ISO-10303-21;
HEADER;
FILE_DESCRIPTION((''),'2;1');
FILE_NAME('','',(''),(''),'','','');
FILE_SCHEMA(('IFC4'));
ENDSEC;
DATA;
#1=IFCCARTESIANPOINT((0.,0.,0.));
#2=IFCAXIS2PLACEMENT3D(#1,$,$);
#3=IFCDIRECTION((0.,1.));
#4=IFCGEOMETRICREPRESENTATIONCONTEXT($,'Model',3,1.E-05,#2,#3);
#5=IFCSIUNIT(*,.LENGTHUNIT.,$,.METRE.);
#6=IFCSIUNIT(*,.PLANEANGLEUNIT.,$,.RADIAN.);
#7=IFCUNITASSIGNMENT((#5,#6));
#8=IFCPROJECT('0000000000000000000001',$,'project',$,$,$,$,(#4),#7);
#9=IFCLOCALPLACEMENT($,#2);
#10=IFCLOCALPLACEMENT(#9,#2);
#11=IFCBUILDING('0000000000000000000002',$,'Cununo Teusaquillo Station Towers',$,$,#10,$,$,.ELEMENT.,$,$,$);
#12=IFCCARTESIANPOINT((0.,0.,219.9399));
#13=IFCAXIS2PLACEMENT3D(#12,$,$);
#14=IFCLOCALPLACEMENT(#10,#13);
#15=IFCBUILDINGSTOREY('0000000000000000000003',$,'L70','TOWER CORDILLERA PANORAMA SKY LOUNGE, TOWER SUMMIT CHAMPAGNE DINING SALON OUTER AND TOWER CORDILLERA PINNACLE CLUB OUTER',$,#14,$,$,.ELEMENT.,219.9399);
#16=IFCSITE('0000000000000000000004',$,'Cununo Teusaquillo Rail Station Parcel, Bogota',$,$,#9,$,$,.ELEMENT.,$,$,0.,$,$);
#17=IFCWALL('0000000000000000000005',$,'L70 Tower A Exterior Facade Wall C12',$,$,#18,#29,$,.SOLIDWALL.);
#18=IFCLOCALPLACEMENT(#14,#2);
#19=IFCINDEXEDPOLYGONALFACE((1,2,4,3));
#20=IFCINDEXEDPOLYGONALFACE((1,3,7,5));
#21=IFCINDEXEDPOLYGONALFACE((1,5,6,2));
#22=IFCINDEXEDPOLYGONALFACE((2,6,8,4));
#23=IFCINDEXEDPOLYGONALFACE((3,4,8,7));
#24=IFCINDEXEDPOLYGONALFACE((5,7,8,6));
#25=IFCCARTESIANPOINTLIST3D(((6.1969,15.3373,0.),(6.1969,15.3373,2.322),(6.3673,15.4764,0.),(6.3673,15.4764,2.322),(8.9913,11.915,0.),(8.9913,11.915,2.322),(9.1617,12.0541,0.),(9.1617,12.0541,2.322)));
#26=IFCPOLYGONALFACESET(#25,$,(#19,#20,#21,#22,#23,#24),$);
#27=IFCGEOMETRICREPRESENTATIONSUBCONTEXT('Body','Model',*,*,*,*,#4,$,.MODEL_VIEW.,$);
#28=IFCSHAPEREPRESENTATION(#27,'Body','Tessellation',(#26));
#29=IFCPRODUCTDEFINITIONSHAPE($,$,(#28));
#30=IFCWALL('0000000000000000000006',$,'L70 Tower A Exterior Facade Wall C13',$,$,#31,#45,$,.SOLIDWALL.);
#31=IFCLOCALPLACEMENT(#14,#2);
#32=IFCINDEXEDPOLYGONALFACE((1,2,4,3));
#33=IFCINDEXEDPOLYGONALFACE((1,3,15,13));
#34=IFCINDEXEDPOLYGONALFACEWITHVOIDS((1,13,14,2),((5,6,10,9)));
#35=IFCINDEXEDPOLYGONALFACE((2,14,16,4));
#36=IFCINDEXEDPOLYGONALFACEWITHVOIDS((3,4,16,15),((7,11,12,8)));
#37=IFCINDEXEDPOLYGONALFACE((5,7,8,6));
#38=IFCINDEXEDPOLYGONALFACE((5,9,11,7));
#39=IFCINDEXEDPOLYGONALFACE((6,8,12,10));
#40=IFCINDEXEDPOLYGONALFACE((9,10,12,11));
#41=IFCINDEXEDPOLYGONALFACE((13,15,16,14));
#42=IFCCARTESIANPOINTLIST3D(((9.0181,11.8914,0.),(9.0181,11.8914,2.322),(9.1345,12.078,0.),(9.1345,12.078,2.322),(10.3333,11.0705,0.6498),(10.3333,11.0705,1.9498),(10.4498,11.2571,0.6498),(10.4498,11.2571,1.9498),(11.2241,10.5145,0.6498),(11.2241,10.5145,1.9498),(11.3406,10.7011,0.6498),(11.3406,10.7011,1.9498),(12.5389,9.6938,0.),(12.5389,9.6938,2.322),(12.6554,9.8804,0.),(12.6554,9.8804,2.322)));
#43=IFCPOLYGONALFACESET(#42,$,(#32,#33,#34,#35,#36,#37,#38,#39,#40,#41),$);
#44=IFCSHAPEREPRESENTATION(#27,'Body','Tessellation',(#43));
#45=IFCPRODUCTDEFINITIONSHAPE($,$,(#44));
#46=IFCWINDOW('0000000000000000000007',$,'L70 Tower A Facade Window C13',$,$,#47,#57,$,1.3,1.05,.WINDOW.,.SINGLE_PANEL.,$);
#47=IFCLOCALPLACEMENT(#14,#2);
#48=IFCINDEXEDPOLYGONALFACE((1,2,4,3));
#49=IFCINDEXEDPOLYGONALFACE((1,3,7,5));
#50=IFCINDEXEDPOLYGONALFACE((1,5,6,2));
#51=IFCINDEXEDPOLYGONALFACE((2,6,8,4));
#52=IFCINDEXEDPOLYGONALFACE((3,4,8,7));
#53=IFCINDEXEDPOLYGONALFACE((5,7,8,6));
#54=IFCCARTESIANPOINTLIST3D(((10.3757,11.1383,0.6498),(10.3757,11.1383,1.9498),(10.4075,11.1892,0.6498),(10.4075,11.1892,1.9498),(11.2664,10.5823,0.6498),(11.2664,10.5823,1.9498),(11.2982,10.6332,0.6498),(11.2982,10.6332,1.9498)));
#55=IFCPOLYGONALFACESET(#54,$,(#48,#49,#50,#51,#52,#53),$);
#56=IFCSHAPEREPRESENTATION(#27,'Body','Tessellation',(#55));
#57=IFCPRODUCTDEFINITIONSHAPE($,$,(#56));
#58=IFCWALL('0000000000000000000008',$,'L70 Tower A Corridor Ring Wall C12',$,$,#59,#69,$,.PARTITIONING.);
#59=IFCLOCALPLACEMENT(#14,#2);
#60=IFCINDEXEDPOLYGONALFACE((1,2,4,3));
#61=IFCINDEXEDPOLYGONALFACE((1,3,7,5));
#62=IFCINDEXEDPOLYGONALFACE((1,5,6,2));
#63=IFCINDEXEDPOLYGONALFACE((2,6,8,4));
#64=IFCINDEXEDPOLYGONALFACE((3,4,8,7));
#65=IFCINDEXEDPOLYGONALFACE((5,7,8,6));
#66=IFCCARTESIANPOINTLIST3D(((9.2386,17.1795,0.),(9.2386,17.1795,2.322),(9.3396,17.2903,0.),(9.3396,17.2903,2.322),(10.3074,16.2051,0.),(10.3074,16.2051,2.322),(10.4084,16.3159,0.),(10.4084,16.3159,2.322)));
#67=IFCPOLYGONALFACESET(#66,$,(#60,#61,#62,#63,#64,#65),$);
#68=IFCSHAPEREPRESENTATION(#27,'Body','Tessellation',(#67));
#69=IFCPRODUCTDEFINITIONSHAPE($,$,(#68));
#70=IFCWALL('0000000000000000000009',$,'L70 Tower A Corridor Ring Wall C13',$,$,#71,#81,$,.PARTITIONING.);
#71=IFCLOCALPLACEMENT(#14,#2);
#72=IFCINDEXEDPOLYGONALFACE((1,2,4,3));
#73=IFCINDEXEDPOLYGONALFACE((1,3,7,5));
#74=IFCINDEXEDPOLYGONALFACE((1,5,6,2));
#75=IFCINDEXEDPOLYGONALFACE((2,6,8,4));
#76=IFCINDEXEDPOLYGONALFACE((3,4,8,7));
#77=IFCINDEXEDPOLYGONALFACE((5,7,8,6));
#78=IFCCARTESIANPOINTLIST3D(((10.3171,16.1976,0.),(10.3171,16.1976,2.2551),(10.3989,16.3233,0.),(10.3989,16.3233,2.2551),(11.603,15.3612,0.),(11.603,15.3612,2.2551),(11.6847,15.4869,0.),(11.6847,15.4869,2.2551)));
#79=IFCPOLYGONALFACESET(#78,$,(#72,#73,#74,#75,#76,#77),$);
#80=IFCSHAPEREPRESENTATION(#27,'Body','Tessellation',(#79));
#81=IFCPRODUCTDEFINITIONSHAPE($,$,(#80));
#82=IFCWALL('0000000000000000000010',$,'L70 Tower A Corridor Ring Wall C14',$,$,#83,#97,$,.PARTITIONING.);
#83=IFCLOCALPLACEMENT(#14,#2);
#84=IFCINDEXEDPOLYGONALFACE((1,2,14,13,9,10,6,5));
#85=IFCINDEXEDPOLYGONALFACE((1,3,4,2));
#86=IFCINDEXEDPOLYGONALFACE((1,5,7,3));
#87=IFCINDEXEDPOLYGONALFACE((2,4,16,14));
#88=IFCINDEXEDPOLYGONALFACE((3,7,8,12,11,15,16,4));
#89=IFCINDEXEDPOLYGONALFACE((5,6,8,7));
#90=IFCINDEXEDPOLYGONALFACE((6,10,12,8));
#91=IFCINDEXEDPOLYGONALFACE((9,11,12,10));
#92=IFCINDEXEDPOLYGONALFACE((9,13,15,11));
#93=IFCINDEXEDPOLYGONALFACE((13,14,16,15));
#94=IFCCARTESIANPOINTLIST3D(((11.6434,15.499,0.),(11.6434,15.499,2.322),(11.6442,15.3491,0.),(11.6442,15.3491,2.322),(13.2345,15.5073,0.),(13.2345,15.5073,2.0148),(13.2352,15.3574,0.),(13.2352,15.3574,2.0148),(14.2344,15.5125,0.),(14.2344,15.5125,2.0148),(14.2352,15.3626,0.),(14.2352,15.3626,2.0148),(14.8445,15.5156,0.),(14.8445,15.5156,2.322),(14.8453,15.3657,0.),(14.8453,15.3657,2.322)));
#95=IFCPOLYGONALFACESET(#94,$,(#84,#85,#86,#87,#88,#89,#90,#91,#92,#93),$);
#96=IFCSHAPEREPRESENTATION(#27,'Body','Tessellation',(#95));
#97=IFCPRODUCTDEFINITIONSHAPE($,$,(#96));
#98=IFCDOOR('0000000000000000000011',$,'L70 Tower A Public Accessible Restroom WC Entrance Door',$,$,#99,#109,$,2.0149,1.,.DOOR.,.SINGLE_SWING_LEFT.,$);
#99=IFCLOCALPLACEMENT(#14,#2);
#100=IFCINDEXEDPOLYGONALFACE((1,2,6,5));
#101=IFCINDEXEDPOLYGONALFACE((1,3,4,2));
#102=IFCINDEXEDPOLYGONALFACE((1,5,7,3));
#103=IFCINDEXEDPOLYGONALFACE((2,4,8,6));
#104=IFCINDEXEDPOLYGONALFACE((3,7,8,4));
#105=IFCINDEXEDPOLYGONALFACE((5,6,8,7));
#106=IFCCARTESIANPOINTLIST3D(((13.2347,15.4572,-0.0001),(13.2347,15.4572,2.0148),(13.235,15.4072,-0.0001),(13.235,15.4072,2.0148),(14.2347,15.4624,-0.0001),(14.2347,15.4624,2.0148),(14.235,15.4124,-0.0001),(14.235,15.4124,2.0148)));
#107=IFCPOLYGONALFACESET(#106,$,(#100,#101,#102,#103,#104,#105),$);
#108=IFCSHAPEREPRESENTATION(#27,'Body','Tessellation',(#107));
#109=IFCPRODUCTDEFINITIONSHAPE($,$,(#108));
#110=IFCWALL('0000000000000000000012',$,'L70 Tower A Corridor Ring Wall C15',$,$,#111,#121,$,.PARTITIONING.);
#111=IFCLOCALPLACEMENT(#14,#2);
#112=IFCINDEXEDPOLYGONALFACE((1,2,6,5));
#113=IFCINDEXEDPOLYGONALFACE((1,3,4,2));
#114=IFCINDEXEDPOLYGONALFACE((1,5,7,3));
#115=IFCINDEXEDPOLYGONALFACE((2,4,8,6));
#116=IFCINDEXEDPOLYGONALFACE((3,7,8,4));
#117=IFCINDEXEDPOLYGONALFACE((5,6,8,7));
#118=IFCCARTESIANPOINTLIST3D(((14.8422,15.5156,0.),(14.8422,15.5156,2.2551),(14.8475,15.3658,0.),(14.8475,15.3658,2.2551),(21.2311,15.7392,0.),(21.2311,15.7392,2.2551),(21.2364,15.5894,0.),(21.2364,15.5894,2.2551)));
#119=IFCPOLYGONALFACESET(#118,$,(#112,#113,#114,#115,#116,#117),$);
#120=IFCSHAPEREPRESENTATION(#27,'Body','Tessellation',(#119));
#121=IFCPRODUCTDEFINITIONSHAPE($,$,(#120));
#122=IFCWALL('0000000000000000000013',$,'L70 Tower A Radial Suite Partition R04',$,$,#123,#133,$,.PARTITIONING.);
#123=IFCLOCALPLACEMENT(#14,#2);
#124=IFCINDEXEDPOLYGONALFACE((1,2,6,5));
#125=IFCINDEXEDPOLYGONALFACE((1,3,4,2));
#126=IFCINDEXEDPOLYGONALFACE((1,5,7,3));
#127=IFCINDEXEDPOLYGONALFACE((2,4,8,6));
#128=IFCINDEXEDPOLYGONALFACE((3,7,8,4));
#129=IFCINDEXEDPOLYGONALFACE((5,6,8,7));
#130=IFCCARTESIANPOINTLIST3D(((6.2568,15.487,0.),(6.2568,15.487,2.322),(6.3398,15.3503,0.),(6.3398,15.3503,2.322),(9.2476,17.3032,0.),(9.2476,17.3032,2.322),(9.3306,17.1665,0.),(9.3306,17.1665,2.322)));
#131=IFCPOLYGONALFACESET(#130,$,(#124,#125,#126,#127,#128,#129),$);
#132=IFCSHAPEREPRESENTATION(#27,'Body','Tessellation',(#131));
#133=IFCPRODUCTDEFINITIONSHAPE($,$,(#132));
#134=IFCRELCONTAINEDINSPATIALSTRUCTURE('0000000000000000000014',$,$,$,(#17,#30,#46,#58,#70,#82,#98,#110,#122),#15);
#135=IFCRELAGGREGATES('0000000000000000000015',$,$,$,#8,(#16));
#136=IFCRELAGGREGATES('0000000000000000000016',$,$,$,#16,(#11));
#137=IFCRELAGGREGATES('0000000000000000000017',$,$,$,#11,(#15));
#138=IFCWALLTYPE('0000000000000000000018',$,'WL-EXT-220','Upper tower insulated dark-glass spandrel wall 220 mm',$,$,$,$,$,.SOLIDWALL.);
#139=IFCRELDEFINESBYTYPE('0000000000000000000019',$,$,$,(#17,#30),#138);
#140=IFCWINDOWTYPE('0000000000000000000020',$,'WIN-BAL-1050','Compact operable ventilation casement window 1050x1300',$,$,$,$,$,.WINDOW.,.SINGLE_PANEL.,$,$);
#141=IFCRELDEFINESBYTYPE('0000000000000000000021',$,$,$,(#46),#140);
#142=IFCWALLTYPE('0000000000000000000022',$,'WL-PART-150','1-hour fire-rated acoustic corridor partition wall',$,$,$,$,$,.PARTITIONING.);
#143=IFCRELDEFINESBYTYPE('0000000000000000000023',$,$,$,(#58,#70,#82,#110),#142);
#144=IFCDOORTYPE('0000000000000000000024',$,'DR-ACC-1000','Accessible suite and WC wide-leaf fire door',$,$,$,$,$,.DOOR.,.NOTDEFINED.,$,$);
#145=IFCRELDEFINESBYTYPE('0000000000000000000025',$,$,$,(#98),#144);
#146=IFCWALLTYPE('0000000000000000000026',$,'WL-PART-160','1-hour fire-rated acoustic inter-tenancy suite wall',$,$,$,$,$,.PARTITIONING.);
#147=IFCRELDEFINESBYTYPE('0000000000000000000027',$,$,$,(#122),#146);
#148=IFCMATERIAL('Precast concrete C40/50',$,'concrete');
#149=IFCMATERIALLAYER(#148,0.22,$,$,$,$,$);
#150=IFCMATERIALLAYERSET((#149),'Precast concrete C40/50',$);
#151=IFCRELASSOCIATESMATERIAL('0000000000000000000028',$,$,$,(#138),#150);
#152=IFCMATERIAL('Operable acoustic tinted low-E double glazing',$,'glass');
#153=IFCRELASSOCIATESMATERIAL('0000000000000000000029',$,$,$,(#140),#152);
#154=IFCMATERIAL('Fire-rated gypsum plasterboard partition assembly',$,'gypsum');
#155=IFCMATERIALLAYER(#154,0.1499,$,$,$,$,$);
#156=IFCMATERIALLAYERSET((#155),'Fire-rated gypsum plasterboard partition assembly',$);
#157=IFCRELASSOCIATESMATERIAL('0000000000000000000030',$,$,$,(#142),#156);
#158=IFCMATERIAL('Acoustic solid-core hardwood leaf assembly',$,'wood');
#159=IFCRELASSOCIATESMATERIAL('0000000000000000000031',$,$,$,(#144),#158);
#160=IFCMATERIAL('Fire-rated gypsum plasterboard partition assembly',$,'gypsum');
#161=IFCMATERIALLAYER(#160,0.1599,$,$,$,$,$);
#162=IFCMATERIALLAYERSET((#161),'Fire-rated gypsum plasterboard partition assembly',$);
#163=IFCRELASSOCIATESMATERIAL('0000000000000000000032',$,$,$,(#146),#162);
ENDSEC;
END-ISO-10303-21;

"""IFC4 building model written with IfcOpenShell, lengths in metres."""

from ifc_helpers import new_model, si_unit, direction, frame, frame_2d, origin, place, context, subcontext, project, spatial, rectangle, extrude, source, transform, mapped, material, layer, layer_set, type_object, element, fill, save


model = new_model("IFC4")

# Units and contexts
model_context = context("Model", 3, precision=1e-05, world=origin(), true_north=direction((0.0, 1.0)))
body_context = subcontext(model_context, "Body", "Model", "MODEL_VIEW")
ifc_project = project(units=[si_unit("LENGTHUNIT", "METRE"), si_unit("PLANEANGLEUNIT", "RADIAN")], contexts=[model_context])

# Site, building, storey
site_placement = place(None, origin())
site = spatial("IfcSite", under=ifc_project, at=site_placement, Name="Cununo Teusaquillo Rail Station Parcel, Bogota", CompositionType="ELEMENT", RefElevation=0.0)
building_placement = place(site_placement, origin())
building = spatial("IfcBuilding", under=site, at=building_placement, Name="Cununo Teusaquillo Station Towers", CompositionType="ELEMENT")
storey_placement = place(building_placement, frame((0.0, 0.0, 219.9399)))
storey = spatial("IfcBuildingStorey", under=building, at=storey_placement, Name="L70", Description="TOWER CORDILLERA PANORAMA SKY LOUNGE, TOWER SUMMIT CHAMPAGNE DINING SALON OUTER AND TOWER CORDILLERA PINNACLE CLUB OUTER", CompositionType="ELEMENT", Elevation=219.9399)

# Shared definitions
ifc_material_1 = material(Name="Precast concrete C40/50", Category="concrete")
ifc_layer_1 = layer(ifc_material_1, 0.22)
ifc_layer_set_1 = layer_set([ifc_layer_1], Name="Precast concrete C40/50")
wall_type_1 = type_object("IfcWallType", Name="WL-EXT-220", Description="Upper tower insulated dark-glass spandrel wall 220 mm", PredefinedType="SOLIDWALL", material=ifc_layer_set_1)
shared_shape_1 = source(origin(), body_context, "Body", "SweptSolid", [
    extrude(rectangle(XDim=1.05, YDim=1.3, at=frame_2d((0.5249, 0.6499))), frame((0.0, 0.1199, 0.0), z_axis=(0.0, -1.0, 0.0), x_axis=(1.0, 0.0, 0.0)), (0.0, 0.0, 1.0), 0.24),
])
ifc_material_2 = material(Name="Operable acoustic tinted low-E double glazing", Category="glass")
window_type = type_object("IfcWindowType", Name="WIN-BAL-1050", Description="Compact operable ventilation casement window 1050x1300", PartitioningType="SINGLE_PANEL", PredefinedType="WINDOW", material=ifc_material_2)
shared_shape_2 = source(origin(), body_context, "Body", "SweptSolid", [
    extrude(rectangle(XDim=1.05, YDim=1.3, at=frame_2d((0.5249, 0.6499))), frame((0.0, 0.03, 0.0), z_axis=(0.0, -1.0, 0.0), x_axis=(1.0, 0.0, 0.0)), (0.0, 0.0, 1.0), 0.0601),
])

# Wall
wall_1_placement = place(storey_placement, frame((9.0764, 11.9846, 0.0), z_axis=(0.0, 0.0, 1.0), x_axis=(-0.632467, 0.774587, 0.0)))
element("IfcWall", 1, at=wall_1_placement, inside=storey, type_object=wall_type_1, Name="L70 Tower A Exterior Facade Wall C12", PredefinedType="SOLIDWALL", context=body_context, shape_type="SweptSolid", body=[
    extrude(rectangle(XDim=4.4182, YDim=0.22, at=frame_2d((2.209, 0.0))), origin(), (0.0, 0.0, 1.0), 2.322),
])

# Wall, opening, window
wall_2_placement = place(storey_placement, frame((12.5972, 9.7871, 0.0), z_axis=(0.0, 0.0, 1.0), x_axis=(-0.848319, 0.529486, 0.0)))
wall_2 = element("IfcWall", 2, at=wall_2_placement, inside=storey, type_object=wall_type_1, Name="L70 Tower A Exterior Facade Wall C13", PredefinedType="SOLIDWALL", context=body_context, shape_type="SweptSolid", body=[
    extrude(rectangle(XDim=4.1504, YDim=0.22, at=frame_2d((2.0752, 0.0))), origin(), (0.0, 0.0, 1.0), 2.322),
])
opening_1_placement = place(wall_2_placement, frame((1.55, 0.0, 0.6499)))
opening_1 = element("IfcOpeningElement", 3, at=opening_1_placement, cuts=wall_2, PredefinedType="OPENING", context=body_context, shape_type="MappedRepresentation", body=[
    mapped(shared_shape_1, transform((0.0, 0.0, 0.0), x_axis=(1.0, 0.0, 0.0), y_axis=(0.0, 1.0, 0.0), z_axis=(0.0, 0.0, 1.0), scale=1.0)),
])
window_1_placement = place(opening_1_placement, origin())
window_1 = element("IfcWindow", 4, at=window_1_placement, inside=storey, type_object=window_type, Name="L70 Tower A Facade Window C13", OverallHeight=1.3, OverallWidth=1.05, PartitioningType="SINGLE_PANEL", PredefinedType="WINDOW", context=body_context, shape_type="MappedRepresentation", body=[
    mapped(shared_shape_2, transform((0.0, 0.0, 0.0), x_axis=(1.0, 0.0, 0.0), y_axis=(0.0, 1.0, 0.0), z_axis=(0.0, 0.0, 1.0), scale=1.0)),
])
fill(opening_1, window_1)

# Walls
ifc_material_3 = material(Name="Fire-rated gypsum plasterboard partition assembly", Category="gypsum")
ifc_layer_2 = layer(ifc_material_3, 0.1499)
ifc_layer_set_2 = layer_set([ifc_layer_2], Name="Fire-rated gypsum plasterboard partition assembly")
wall_type_2 = type_object("IfcWallType", Name="WL-PART-150", Description="1-hour fire-rated acoustic corridor partition wall", PredefinedType="PARTITIONING", material=ifc_layer_set_2)
wall_3_placement = place(storey_placement, frame((9.2891, 17.2349, 0.0), z_axis=(0.0, 0.0, 1.0), x_axis=(0.739015, -0.673689, 0.0)))
element("IfcWall", 5, at=wall_3_placement, inside=storey, type_object=wall_type_2, Name="L70 Tower A Corridor Ring Wall C12", PredefinedType="PARTITIONING", context=body_context, shape_type="SweptSolid", body=[
    extrude(rectangle(XDim=1.4463, YDim=0.1499, at=frame_2d((0.7231, 0.0))), origin(), (0.0, 0.0, 1.0), 2.322),
])
wall_4_placement = place(storey_placement, frame((10.3579, 16.2605, 0.0), z_axis=(0.0, 0.0, 1.0), x_axis=(0.838265, -0.545262, 0.0)))
element("IfcWall", 6, at=wall_4_placement, inside=storey, type_object=wall_type_2, Name="L70 Tower A Corridor Ring Wall C13", PredefinedType="PARTITIONING", context=body_context, shape_type="SweptSolid", body=[
    extrude(rectangle(XDim=1.5339, YDim=0.1499, at=frame_2d((0.7671, 0.0))), origin(), (0.0, 0.0, 1.0), 2.2551),
])

# Wall, opening, door
wall_5_placement = place(storey_placement, frame((11.6438, 15.4241, 0.0), z_axis=(0.0, 0.0, 1.0), x_axis=(0.999987, 0.005186, 0.0)))
wall_5 = element("IfcWall", 7, at=wall_5_placement, inside=storey, type_object=wall_type_2, Name="L70 Tower A Corridor Ring Wall C14", PredefinedType="PARTITIONING", context=body_context, shape_type="SweptSolid", body=[
    extrude(rectangle(XDim=3.2012, YDim=0.1499, at=frame_2d((1.6006, 0.0))), origin(), (0.0, 0.0, 1.0), 2.322),
])
shared_shape_3 = source(origin(), body_context, "Body", "SweptSolid", [
    extrude(rectangle(XDim=1.0, YDim=2.0149, at=frame_2d((0.5, 1.0073))), frame((0.0, 0.085, 0.0), z_axis=(0.0, -1.0, 0.0), x_axis=(1.0, 0.0, 0.0)), (0.0, 0.0, 1.0), 0.1699),
])
opening_2_placement = place(wall_5_placement, frame((1.5911, 0.0, 0.0)))
opening_2 = element("IfcOpeningElement", 8, at=opening_2_placement, cuts=wall_5, PredefinedType="OPENING", context=body_context, shape_type="MappedRepresentation", body=[
    mapped(shared_shape_3, transform((0.0, 0.0, 0.0), x_axis=(1.0, 0.0, 0.0), y_axis=(0.0, 1.0, 0.0), z_axis=(0.0, 0.0, 1.0), scale=1.0)),
])
ifc_material_4 = material(Name="Acoustic solid-core hardwood leaf assembly", Category="wood")
door_type = type_object("IfcDoorType", Name="DR-ACC-1000", Description="Accessible suite and WC wide-leaf fire door", OperationType="NOTDEFINED", PredefinedType="DOOR", material=ifc_material_4)
shared_shape_4 = source(origin(), body_context, "Body", "SweptSolid", [
    extrude(rectangle(XDim=1.0, YDim=2.0149, at=frame_2d((0.5, 1.0073))), frame((0.0, 0.0249, 0.0), z_axis=(0.0, -1.0, 0.0), x_axis=(1.0, 0.0, 0.0)), (0.0, 0.0, 1.0), 0.05),
])
door_placement = place(opening_2_placement, origin())
door = element("IfcDoor", 9, at=door_placement, inside=storey, type_object=door_type, Name="L70 Tower A Public Accessible Restroom WC Entrance Door", OperationType="SINGLE_SWING_LEFT", OverallHeight=2.0149, OverallWidth=1.0, PredefinedType="DOOR", context=body_context, shape_type="MappedRepresentation", body=[
    mapped(shared_shape_4, transform((0.0, 0.0, 0.0), x_axis=(1.0, 0.0, 0.0), y_axis=(0.0, 1.0, 0.0), z_axis=(0.0, 0.0, 1.0), scale=1.0)),
])
fill(opening_2, door)

# Walls
wall_6_placement = place(storey_placement, frame((14.845, 15.4407, 0.0), z_axis=(0.0, 0.0, 1.0), x_axis=(0.999388, 0.034982, 0.0)))
element("IfcWall", 10, at=wall_6_placement, inside=storey, type_object=wall_type_2, Name="L70 Tower A Corridor Ring Wall C15", PredefinedType="PARTITIONING", context=body_context, shape_type="SweptSolid", body=[
    extrude(rectangle(XDim=6.3928, YDim=0.1499, at=frame_2d((3.1963, 0.0))), origin(), (0.0, 0.0, 1.0), 2.2551),
])
ifc_material_5 = material(Name="Fire-rated gypsum plasterboard partition assembly", Category="gypsum")
ifc_layer_3 = layer(ifc_material_5, 0.1599)
ifc_layer_set_3 = layer_set([ifc_layer_3], Name="Fire-rated gypsum plasterboard partition assembly")
wall_type_3 = type_object("IfcWallType", Name="WL-PART-160", Description="1-hour fire-rated acoustic inter-tenancy suite wall", PredefinedType="PARTITIONING", material=ifc_layer_set_3)
wall_7_placement = place(storey_placement, frame((9.2891, 17.2349, 0.0), z_axis=(0.0, 0.0, 1.0), x_axis=(-0.854741, -0.519055, 0.0)))
element("IfcWall", 11, at=wall_7_placement, inside=storey, type_object=wall_type_3, Name="L70 Tower A Radial Suite Partition R04", PredefinedType="PARTITIONING", context=body_context, shape_type="SweptSolid", body=[
    extrude(rectangle(XDim=3.499, YDim=0.1599, at=frame_2d((1.7495, 0.0))), origin(), (0.0, 0.0, 1.0), 2.322),
])

save(model, "model.ifc")
